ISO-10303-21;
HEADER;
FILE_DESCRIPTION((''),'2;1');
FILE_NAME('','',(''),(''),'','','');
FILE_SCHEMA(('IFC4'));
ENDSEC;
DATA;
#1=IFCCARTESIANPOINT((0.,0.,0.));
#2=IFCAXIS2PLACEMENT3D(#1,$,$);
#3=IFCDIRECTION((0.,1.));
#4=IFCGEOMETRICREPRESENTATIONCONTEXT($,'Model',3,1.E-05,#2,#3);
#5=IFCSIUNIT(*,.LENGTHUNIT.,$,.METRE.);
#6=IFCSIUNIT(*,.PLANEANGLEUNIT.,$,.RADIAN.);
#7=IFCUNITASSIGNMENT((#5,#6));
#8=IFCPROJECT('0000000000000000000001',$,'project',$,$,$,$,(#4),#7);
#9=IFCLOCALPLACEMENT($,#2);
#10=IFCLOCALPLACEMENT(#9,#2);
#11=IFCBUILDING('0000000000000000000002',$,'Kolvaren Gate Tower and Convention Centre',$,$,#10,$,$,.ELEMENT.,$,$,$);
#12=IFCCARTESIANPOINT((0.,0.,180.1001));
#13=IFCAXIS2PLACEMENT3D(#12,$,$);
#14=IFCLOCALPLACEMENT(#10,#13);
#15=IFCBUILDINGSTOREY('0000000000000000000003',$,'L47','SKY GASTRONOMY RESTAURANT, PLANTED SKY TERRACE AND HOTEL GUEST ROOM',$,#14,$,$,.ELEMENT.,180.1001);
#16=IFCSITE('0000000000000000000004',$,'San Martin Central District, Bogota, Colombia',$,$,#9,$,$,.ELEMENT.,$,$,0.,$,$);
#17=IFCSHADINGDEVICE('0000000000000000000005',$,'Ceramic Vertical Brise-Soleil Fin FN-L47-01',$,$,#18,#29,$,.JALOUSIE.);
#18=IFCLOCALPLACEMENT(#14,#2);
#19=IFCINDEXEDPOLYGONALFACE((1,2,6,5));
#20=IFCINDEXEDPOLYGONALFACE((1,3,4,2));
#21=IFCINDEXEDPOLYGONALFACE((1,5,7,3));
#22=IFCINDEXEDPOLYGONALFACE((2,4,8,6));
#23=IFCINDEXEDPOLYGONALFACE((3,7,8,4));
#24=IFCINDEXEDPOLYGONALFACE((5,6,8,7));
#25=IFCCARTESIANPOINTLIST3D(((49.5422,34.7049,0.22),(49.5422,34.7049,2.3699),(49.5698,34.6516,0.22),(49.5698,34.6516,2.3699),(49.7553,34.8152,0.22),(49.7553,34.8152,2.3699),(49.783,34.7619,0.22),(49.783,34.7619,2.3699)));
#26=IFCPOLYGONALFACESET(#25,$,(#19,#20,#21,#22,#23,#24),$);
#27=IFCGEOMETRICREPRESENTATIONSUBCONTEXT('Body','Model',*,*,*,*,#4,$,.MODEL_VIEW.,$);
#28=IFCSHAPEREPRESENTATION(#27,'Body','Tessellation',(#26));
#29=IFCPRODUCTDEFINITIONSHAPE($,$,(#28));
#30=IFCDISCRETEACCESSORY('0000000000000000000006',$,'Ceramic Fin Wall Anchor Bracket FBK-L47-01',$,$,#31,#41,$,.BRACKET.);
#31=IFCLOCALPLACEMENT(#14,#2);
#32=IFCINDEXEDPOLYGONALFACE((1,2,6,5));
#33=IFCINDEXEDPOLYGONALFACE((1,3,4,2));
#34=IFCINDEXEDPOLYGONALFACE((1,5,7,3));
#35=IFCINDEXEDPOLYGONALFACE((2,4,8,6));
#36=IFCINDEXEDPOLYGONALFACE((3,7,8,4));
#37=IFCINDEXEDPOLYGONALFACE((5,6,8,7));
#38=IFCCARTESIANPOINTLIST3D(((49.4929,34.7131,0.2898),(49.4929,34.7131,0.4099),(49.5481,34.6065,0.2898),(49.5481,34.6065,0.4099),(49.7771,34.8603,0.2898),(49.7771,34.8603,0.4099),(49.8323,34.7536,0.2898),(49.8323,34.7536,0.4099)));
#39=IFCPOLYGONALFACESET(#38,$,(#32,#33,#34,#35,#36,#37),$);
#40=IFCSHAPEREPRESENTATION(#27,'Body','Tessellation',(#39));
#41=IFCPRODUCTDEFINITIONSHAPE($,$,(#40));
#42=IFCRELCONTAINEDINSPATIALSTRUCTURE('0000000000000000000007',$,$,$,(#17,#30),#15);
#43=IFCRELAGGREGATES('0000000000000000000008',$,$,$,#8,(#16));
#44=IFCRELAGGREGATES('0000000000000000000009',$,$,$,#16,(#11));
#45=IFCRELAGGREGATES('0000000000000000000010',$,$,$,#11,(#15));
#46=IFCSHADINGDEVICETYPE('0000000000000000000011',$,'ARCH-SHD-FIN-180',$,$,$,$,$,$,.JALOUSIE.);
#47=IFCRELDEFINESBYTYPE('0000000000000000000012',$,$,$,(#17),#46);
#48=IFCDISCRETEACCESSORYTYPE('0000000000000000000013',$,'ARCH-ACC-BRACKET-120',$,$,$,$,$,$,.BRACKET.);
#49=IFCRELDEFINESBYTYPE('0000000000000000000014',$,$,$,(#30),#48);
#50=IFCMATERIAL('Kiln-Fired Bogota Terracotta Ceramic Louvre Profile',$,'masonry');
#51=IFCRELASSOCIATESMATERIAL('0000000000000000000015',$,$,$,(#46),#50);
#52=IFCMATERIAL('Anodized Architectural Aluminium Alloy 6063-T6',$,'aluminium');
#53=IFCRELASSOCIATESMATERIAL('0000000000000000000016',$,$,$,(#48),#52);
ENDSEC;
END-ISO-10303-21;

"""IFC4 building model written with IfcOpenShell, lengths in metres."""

from ifc_helpers import new_model, si_unit, direction, frame, origin, origin_2d, place, context, subcontext, project, spatial, rectangle, extrude, material, type_object, element, save


model = new_model("IFC4")

# Units and contexts
model_context = context("Model", 3, precision=1e-05, world=origin(), true_north=direction((0.0, 1.0)))
body_context = subcontext(model_context, "Body", "Model", "MODEL_VIEW")
ifc_project = project(units=[si_unit("LENGTHUNIT", "METRE"), si_unit("PLANEANGLEUNIT", "RADIAN")], contexts=[model_context])

# Site, building, storey
site_placement = place(None, origin())
site = spatial("IfcSite", under=ifc_project, at=site_placement, Name="San Martin Central District, Bogota, Colombia", CompositionType="ELEMENT", RefElevation=0.0)
building_placement = place(site_placement, origin())
building = spatial("IfcBuilding", under=site, at=building_placement, Name="Kolvaren Gate Tower and Convention Centre", CompositionType="ELEMENT")
storey_placement = place(building_placement, frame((0.0, 0.0, 180.1001)))
storey = spatial("IfcBuildingStorey", under=building, at=storey_placement, Name="L47", Description="SKY GASTRONOMY RESTAURANT, PLANTED SKY TERRACE AND HOTEL GUEST ROOM", CompositionType="ELEMENT", Elevation=180.1001)

# Shading device
ifc_material_1 = material(Name="Kiln-Fired Bogota Terracotta Ceramic Louvre Profile", Category="masonry")
shading_device_type = type_object("IfcShadingDeviceType", Name="ARCH-SHD-FIN-180", PredefinedType="JALOUSIE", material=ifc_material_1)
shading_device_placement = place(storey_placement, frame((49.6626, 34.7334, 0.22), z_axis=(0.0, 0.0, 1.0), x_axis=(0.459798, -0.888023, 0.0)))
element("IfcShadingDevice", 1, at=shading_device_placement, inside=storey, type_object=shading_device_type, Name="Ceramic Vertical Brise-Soleil Fin FN-L47-01", PredefinedType="JALOUSIE", context=body_context, shape_type="SweptSolid", body=[
    extrude(rectangle(XDim=0.0601, YDim=0.24, at=origin_2d()), origin(), (0.0, 0.0, 1.0), 2.1499),
])

# Discrete accessory
ifc_material_2 = material(Name="Anodized Architectural Aluminium Alloy 6063-T6", Category="aluminium")
discrete_accessory_type = type_object("IfcDiscreteAccessoryType", Name="ARCH-ACC-BRACKET-120", PredefinedType="BRACKET", material=ifc_material_2)
discrete_accessory_placement = place(storey_placement, frame((49.6626, 34.7334, 0.2898), z_axis=(0.0, 0.0, 1.0), x_axis=(0.459798, -0.888023, 0.0)))
element("IfcDiscreteAccessory", 2, at=discrete_accessory_placement, inside=storey, type_object=discrete_accessory_type, Name="Ceramic Fin Wall Anchor Bracket FBK-L47-01", PredefinedType="BRACKET", context=body_context, shape_type="SweptSolid", body=[
    extrude(rectangle(XDim=0.1201, YDim=0.3201, at=origin_2d()), origin(), (0.0, 0.0, 1.0), 0.1201),
])

save(model, "model.ifc")
